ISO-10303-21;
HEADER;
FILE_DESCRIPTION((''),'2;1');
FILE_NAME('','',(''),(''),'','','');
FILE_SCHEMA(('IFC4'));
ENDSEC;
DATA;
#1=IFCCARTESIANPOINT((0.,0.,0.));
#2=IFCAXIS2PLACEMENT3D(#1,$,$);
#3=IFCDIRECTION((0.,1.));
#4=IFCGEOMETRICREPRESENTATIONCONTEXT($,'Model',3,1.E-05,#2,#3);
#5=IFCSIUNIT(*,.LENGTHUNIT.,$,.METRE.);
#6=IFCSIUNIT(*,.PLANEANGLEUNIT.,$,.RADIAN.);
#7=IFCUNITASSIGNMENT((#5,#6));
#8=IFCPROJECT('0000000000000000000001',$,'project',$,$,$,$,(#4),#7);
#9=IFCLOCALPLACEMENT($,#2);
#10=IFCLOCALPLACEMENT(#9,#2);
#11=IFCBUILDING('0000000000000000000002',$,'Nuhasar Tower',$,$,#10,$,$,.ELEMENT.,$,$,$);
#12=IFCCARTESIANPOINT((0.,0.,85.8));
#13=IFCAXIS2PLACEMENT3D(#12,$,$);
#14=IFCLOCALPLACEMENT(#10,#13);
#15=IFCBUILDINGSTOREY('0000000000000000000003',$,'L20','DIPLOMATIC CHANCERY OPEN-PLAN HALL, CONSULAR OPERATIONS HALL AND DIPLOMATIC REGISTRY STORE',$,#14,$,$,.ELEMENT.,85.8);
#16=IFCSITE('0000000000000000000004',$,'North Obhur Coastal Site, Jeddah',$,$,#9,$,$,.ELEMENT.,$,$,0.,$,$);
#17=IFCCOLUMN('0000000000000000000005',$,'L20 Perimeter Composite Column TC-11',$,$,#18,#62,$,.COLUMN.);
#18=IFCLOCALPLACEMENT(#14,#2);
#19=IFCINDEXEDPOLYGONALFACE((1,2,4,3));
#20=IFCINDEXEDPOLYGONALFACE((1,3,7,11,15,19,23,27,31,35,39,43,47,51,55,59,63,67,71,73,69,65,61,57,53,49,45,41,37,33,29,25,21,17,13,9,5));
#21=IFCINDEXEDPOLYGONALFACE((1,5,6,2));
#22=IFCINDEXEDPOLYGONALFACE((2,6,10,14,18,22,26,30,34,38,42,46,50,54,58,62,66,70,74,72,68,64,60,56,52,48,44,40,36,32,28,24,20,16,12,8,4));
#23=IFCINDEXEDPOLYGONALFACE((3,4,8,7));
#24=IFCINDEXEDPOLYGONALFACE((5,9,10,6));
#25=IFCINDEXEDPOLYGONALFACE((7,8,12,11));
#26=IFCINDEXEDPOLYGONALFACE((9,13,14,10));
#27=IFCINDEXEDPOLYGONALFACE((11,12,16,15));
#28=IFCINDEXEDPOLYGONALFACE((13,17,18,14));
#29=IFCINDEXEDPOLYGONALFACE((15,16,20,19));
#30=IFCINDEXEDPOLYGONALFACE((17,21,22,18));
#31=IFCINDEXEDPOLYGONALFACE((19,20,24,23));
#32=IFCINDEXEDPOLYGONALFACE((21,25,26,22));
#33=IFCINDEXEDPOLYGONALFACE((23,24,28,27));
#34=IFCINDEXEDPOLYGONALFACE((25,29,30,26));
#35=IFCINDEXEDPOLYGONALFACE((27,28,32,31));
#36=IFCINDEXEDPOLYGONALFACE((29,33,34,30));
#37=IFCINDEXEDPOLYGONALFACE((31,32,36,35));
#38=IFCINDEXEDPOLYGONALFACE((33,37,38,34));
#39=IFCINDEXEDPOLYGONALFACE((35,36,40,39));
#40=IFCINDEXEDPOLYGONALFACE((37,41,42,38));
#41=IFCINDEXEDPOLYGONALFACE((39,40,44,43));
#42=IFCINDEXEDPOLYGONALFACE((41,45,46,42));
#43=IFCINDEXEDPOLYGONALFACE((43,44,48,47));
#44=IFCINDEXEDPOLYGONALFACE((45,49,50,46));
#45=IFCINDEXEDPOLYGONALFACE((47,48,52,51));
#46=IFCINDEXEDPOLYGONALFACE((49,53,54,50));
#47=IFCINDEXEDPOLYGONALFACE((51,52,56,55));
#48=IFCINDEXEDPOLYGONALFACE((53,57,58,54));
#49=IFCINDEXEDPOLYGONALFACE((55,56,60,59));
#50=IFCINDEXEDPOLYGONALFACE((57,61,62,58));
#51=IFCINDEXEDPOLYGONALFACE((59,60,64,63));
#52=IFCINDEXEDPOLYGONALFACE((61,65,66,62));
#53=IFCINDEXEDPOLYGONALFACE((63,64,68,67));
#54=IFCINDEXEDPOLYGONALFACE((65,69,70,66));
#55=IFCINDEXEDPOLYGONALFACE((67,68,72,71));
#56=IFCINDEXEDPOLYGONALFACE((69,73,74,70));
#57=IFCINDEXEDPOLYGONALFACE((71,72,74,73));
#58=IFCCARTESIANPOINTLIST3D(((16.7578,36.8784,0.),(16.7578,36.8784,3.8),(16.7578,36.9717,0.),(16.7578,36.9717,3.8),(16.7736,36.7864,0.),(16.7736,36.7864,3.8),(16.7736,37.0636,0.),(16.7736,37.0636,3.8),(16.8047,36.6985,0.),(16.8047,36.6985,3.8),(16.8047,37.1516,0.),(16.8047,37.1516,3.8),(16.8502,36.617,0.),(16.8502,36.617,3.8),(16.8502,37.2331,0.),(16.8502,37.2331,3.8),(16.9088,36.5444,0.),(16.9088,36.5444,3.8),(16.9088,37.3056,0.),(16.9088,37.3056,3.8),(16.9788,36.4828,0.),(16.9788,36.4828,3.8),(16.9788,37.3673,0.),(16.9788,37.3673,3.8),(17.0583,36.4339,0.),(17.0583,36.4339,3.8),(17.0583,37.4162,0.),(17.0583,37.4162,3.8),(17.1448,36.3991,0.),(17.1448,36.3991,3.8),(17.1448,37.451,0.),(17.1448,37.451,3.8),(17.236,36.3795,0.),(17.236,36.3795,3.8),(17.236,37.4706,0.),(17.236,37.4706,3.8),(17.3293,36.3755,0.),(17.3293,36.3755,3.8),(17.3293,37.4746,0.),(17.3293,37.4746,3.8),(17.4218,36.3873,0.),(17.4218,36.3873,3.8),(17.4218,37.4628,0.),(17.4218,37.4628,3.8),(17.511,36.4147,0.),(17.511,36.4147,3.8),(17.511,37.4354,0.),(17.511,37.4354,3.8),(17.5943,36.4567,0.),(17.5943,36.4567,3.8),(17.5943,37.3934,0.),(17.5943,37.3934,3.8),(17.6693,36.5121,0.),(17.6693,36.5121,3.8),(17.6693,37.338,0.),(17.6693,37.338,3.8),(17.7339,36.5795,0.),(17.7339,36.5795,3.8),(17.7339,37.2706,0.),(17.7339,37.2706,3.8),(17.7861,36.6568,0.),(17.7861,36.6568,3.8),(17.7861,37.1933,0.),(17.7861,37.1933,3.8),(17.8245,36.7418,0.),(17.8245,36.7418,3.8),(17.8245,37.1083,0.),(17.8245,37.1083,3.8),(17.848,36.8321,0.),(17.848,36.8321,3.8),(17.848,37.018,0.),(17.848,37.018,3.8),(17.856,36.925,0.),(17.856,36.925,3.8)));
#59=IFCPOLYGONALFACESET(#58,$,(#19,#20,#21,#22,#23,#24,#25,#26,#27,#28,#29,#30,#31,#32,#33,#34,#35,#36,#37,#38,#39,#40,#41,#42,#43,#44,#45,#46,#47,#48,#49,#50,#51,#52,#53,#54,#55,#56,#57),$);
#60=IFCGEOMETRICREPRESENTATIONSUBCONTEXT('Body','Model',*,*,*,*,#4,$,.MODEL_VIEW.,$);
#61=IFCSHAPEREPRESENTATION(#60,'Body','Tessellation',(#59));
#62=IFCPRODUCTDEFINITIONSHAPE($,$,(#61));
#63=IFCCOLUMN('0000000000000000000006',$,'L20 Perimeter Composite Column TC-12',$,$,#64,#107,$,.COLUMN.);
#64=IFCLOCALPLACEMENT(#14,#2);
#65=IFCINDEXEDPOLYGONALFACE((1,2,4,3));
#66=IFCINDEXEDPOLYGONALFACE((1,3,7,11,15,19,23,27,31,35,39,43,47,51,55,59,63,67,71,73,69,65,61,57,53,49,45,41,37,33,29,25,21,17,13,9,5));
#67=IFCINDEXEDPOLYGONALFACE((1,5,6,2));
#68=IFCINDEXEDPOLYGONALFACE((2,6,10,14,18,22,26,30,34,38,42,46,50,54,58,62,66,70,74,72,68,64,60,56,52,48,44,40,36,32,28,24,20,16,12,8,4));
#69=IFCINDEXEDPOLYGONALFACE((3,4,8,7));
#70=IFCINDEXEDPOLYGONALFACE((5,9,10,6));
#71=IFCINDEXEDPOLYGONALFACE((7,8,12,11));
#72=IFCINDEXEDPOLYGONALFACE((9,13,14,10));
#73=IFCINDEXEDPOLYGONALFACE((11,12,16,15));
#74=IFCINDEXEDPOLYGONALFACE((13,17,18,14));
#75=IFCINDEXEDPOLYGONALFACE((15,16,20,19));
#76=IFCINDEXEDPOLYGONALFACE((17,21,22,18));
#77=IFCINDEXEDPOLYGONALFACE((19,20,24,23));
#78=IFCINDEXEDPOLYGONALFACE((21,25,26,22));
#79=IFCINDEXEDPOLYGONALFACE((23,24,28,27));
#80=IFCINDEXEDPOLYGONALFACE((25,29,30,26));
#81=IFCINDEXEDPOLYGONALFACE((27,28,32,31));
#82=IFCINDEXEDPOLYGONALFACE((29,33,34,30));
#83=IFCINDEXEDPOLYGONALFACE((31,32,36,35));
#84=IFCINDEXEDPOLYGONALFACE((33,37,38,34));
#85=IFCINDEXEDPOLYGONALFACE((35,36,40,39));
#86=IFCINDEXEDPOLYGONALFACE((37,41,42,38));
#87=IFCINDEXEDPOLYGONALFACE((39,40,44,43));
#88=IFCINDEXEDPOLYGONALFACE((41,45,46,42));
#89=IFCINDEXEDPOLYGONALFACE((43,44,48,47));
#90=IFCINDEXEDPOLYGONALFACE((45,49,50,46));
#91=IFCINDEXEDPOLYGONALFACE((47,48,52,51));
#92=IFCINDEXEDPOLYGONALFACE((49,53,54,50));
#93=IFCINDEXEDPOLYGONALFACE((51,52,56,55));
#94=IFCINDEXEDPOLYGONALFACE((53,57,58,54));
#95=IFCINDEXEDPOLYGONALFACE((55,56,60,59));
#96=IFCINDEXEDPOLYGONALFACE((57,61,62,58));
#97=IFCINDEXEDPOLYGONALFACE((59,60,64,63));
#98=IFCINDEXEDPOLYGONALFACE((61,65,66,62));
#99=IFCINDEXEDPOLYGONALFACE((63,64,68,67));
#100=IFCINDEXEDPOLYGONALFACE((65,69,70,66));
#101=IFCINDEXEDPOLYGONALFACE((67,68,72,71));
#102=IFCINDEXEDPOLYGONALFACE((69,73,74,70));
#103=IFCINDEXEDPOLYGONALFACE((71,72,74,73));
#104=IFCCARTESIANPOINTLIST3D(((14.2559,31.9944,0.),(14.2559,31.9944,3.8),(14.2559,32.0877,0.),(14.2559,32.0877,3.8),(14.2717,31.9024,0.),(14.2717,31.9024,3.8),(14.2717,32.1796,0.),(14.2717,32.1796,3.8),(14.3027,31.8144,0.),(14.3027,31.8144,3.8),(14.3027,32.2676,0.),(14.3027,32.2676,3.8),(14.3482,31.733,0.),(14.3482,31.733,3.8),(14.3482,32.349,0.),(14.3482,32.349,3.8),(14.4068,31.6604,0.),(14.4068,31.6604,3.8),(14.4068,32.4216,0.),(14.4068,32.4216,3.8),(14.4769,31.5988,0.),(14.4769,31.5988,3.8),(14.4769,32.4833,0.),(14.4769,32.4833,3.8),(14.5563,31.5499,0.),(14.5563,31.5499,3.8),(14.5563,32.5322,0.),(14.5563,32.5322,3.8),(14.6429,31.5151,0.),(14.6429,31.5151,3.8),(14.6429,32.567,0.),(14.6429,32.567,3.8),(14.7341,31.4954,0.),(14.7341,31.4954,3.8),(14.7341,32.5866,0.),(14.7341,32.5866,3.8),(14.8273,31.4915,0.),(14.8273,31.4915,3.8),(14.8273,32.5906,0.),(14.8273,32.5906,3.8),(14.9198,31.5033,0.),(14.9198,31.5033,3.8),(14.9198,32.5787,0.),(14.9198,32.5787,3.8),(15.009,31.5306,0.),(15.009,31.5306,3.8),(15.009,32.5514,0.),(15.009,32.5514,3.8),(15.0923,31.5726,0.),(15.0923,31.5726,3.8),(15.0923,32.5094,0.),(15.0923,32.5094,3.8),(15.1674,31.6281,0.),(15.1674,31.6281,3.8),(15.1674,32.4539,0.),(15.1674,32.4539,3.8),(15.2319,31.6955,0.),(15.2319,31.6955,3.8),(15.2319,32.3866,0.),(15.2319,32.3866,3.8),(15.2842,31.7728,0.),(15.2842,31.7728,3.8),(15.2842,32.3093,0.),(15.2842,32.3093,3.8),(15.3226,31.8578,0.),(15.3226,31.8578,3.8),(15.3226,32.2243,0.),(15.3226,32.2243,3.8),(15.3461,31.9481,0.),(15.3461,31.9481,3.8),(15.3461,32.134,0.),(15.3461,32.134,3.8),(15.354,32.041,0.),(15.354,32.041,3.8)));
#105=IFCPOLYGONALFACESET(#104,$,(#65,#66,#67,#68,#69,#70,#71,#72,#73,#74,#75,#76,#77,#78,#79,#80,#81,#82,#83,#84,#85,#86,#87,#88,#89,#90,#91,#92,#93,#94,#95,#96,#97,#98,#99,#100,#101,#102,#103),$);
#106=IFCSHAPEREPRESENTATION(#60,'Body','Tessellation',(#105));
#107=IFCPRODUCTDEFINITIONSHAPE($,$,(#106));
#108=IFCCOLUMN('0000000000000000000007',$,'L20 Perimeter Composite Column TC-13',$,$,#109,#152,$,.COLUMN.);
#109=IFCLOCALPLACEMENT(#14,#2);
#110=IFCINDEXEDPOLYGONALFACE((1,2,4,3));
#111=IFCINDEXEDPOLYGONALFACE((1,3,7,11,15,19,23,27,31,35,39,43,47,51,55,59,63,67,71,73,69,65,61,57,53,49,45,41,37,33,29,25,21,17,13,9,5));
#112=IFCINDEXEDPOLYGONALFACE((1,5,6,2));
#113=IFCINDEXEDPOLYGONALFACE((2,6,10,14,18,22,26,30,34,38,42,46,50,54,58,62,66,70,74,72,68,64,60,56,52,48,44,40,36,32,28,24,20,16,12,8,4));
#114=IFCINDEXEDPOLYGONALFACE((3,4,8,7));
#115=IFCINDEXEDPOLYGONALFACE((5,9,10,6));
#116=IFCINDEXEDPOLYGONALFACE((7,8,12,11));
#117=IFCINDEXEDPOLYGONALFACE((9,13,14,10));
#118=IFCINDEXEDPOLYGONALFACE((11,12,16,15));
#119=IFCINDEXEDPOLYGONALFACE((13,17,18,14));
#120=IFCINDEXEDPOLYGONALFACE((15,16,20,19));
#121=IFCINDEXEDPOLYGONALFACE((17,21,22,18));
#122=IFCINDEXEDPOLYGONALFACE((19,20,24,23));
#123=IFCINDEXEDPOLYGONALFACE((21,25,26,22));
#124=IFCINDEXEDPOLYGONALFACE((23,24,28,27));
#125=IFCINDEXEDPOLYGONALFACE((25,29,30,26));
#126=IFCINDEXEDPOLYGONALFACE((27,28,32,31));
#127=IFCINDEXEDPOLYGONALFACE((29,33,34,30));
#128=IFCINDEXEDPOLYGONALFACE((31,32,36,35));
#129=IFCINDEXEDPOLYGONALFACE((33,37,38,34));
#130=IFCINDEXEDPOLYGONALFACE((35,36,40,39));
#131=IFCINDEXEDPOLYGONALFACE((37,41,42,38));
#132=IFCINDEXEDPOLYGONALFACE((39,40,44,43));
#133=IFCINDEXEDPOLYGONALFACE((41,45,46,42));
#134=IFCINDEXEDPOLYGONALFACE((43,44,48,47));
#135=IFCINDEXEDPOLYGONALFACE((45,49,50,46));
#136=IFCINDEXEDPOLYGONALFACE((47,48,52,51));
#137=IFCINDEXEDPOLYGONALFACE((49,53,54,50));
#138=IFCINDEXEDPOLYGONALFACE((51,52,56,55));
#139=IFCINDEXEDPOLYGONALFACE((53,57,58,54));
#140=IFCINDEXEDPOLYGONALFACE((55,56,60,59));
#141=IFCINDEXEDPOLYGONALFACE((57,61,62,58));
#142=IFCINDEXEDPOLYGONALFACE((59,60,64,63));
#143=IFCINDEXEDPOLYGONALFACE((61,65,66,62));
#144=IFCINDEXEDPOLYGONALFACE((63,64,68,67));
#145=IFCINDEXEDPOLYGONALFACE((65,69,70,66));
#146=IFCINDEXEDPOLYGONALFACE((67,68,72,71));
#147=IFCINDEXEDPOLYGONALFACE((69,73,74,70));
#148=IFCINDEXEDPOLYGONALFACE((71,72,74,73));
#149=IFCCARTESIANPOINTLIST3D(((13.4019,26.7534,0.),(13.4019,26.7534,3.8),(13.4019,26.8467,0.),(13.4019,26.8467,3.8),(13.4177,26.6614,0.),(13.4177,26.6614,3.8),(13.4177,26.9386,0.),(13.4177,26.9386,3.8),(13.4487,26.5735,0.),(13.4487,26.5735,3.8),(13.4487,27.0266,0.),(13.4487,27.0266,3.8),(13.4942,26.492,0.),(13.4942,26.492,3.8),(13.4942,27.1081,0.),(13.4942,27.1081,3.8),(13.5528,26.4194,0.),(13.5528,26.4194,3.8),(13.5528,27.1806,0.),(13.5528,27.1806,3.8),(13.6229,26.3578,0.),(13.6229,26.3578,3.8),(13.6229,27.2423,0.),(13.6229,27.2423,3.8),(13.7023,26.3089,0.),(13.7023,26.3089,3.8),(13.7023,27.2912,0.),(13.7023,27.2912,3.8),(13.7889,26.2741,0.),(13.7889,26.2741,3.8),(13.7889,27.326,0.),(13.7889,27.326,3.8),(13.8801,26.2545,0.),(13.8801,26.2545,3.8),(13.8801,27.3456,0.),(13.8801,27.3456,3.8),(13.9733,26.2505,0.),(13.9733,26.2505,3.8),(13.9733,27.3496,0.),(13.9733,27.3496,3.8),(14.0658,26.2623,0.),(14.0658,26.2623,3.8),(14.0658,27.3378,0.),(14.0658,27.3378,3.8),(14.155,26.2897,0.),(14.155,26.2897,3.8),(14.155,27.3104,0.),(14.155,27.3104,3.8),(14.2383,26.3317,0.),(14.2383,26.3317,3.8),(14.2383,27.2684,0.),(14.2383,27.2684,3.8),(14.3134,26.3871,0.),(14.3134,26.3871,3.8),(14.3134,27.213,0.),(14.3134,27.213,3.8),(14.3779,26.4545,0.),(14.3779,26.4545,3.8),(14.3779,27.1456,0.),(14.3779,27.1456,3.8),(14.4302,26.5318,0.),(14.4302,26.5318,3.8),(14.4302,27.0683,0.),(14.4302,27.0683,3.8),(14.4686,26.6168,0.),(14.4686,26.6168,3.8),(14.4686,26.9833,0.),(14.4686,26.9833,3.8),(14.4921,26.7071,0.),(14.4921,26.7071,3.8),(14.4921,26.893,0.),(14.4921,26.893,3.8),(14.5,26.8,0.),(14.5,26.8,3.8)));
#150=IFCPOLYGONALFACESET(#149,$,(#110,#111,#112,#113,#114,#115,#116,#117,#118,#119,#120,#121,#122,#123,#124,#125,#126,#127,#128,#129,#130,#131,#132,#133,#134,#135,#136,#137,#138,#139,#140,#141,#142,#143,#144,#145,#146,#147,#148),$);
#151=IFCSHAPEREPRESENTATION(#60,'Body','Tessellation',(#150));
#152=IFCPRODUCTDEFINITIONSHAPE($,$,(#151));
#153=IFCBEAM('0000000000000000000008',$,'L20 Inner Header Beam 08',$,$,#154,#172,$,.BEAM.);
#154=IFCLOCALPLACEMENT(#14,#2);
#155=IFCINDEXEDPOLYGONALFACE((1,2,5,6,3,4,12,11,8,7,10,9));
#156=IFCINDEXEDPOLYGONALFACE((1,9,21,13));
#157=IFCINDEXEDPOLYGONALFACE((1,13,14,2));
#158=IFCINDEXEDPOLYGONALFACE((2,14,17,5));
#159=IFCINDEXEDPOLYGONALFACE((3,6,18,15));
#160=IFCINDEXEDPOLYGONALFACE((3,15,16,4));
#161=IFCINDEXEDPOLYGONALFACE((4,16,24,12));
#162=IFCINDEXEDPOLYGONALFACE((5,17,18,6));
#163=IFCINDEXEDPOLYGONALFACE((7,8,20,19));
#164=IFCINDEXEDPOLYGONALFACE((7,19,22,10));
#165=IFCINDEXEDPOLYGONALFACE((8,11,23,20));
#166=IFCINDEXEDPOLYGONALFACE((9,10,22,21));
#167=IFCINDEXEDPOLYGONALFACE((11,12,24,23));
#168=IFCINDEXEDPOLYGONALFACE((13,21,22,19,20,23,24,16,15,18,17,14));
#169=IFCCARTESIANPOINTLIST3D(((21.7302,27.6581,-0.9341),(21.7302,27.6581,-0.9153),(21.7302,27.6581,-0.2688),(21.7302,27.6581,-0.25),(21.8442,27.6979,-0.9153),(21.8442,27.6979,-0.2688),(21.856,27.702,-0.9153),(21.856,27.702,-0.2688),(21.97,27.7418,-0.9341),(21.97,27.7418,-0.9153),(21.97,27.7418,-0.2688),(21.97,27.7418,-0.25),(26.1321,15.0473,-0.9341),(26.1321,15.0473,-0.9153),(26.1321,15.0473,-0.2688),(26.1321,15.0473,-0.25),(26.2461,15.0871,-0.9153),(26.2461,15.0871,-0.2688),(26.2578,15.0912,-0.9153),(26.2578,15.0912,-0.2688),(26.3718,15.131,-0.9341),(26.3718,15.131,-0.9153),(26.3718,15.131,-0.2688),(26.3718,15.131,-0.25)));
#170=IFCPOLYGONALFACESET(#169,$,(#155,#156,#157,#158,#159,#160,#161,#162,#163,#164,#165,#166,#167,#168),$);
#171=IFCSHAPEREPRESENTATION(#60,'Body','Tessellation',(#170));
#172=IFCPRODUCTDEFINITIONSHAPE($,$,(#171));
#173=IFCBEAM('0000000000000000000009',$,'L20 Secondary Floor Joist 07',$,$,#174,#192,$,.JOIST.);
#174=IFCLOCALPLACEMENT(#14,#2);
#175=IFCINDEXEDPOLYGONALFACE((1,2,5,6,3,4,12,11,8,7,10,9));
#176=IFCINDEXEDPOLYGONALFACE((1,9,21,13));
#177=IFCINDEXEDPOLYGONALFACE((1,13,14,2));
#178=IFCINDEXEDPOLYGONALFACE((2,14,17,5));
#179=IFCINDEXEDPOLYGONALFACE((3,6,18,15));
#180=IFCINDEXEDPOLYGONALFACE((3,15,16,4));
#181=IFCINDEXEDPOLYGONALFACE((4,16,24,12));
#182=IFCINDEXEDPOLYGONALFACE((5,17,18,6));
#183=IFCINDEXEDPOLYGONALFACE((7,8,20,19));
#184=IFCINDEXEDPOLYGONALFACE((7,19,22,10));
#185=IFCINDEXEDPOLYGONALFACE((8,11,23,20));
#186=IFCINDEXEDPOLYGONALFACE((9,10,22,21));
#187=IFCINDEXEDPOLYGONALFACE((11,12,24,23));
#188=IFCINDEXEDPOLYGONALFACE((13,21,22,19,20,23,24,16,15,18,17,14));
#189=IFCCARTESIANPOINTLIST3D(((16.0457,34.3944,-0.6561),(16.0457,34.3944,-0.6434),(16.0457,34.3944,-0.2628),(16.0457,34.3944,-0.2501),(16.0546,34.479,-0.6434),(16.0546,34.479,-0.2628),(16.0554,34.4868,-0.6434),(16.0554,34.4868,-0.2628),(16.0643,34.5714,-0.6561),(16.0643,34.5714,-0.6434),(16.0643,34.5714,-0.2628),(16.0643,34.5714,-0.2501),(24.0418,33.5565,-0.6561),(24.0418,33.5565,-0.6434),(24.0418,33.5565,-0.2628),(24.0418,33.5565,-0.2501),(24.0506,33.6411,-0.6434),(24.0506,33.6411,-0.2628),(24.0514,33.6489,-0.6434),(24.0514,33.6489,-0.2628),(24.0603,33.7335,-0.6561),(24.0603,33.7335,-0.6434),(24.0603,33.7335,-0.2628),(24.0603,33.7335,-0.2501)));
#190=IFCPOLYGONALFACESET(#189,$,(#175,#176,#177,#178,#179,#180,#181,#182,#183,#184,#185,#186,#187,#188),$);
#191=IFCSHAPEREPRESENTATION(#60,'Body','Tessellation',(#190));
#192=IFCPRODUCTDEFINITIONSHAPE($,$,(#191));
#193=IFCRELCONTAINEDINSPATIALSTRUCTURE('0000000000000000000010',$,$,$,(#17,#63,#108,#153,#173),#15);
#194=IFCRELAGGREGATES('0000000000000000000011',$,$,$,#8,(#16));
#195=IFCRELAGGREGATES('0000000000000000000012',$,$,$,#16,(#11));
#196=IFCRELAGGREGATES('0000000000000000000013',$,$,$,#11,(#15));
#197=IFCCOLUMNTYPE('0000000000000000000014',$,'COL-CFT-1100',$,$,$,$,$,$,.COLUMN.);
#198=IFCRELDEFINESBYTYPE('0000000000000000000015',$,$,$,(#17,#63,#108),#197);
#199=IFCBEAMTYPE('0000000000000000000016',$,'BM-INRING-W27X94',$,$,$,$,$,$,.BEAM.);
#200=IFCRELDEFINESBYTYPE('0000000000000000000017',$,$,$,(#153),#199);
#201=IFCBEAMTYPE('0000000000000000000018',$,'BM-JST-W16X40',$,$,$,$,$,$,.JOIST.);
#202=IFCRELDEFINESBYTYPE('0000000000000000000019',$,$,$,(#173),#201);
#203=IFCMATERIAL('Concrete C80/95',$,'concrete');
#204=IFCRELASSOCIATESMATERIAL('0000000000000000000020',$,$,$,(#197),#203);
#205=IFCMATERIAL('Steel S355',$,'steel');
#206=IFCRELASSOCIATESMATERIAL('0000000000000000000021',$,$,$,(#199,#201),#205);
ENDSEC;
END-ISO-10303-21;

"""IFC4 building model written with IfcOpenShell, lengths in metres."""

from ifc_helpers import new_model, si_unit, direction, frame, origin, origin_2d, place, context, subcontext, project, spatial, circle, i_section, extrude, material, material_profile, profile_set, type_object, element, save


model = new_model("IFC4")

# Units and contexts
model_context = context("Model", 3, precision=1e-05, world=origin(), true_north=direction((0.0, 1.0)))
body_context = subcontext(model_context, "Body", "Model", "MODEL_VIEW")
ifc_project = project(units=[si_unit("LENGTHUNIT", "METRE"), si_unit("PLANEANGLEUNIT", "RADIAN")], contexts=[model_context])

# Site, building, storey
site_placement = place(None, origin())
site = spatial("IfcSite", under=ifc_project, at=site_placement, Name="North Obhur Coastal Site, Jeddah", CompositionType="ELEMENT", RefElevation=0.0)
building_placement = place(site_placement, origin())
building = spatial("IfcBuilding", under=site, at=building_placement, Name="Nuhasar Tower", CompositionType="ELEMENT")
storey_placement = place(building_placement, frame((0.0, 0.0, 85.8)))
storey = spatial("IfcBuildingStorey", under=building, at=storey_placement, Name="L20", Description="DIPLOMATIC CHANCERY OPEN-PLAN HALL, CONSULAR OPERATIONS HALL AND DIPLOMATIC REGISTRY STORE", CompositionType="ELEMENT", Elevation=85.8)

# Columns
ifc_material_1 = material(Name="Concrete C80/95", Category="concrete")
ifc_material_profile_1 = material_profile(ifc_material_1, circle(Radius=0.55, at=origin_2d()), Name="CFT1100")
ifc_profile_set_1 = profile_set([ifc_material_profile_1], Name="Concrete C80/95")
column_type = type_object("IfcColumnType", Name="COL-CFT-1100", PredefinedType="COLUMN", material=ifc_profile_set_1)
for number, where, z_axis, x_axis, name in (
    (1, (17.3059, 36.925, 0.0), (0.0, 0.0, 1.0), (1.0, 0.0, 0.0), "L20 Perimeter Composite Column TC-11"),
    (2, (14.804, 32.041, 0.0), (0.0, 0.0, 1.0), (1.0, 0.0, 0.0), "L20 Perimeter Composite Column TC-12"),
    (3, (13.95, 26.8, 0.0), (0.0, 0.0, 1.0), (1.0, 0.0, 0.0), "L20 Perimeter Composite Column TC-13"),
):
    element("IfcColumn", number, at=place(storey_placement, frame(where, z_axis=z_axis, x_axis=x_axis)), inside=storey, type_object=column_type, Name=name, PredefinedType="COLUMN", context=body_context, shape_type="SweptSolid", body=[
        extrude(circle(Radius=0.55, at=origin_2d()), origin(), (0.0, 0.0, 1.0), 3.8),
    ])

# Beams
ifc_material_2 = material(Name="Steel S355", Category="steel")
ifc_material_profile_2 = material_profile(ifc_material_2, i_section(OverallWidth=0.2539, OverallDepth=0.6841, WebThickness=0.0125, FlangeThickness=0.0188, at=origin_2d()), Name="W27X94")
ifc_profile_set_2 = profile_set([ifc_material_profile_2], Name="Steel S355")
beam_type_1 = type_object("IfcBeamType", Name="BM-INRING-W27X94", PredefinedType="BEAM", material=ifc_profile_set_2)
beam_1_placement = place(storey_placement, frame((21.8501, 27.7, -0.592), z_axis=(0.329554, -0.944137, 0.0), x_axis=(0.944137, 0.329554, 0.0)))
element("IfcBeam", 4, at=beam_1_placement, inside=storey, type_object=beam_type_1, Name="L20 Inner Header Beam 08", PredefinedType="BEAM", context=body_context, shape_type="SweptSolid", body=[
    extrude(i_section(OverallWidth=0.2539, OverallDepth=0.6841, WebThickness=0.0125, FlangeThickness=0.0188, at=origin_2d()), origin(), (0.0, 0.0, 1.0), 13.3569),
])
ifc_material_profile_3 = material_profile(ifc_material_2, i_section(OverallWidth=0.178, OverallDepth=0.406, WebThickness=0.0078, FlangeThickness=0.0127, at=origin_2d()), Name="W16X40")
ifc_profile_set_3 = profile_set([ifc_material_profile_3], Name="Steel S355")
beam_type_2 = type_object("IfcBeamType", Name="BM-JST-W16X40", PredefinedType="JOIST", material=ifc_profile_set_3)
beam_2_placement = place(storey_placement, frame((24.051, 33.645, -0.4531), z_axis=(-0.994555, 0.104217, 0.0), x_axis=(-0.104217, -0.994555, 0.0)))
element("IfcBeam", 5, at=beam_2_placement, inside=storey, type_object=beam_type_2, Name="L20 Secondary Floor Joist 07", PredefinedType="JOIST", context=body_context, shape_type="SweptSolid", body=[
    extrude(i_section(OverallWidth=0.178, OverallDepth=0.406, WebThickness=0.0078, FlangeThickness=0.0127, at=origin_2d()), origin(), (0.0, 0.0, 1.0), 8.0398),
])

save(model, "model.ifc")
